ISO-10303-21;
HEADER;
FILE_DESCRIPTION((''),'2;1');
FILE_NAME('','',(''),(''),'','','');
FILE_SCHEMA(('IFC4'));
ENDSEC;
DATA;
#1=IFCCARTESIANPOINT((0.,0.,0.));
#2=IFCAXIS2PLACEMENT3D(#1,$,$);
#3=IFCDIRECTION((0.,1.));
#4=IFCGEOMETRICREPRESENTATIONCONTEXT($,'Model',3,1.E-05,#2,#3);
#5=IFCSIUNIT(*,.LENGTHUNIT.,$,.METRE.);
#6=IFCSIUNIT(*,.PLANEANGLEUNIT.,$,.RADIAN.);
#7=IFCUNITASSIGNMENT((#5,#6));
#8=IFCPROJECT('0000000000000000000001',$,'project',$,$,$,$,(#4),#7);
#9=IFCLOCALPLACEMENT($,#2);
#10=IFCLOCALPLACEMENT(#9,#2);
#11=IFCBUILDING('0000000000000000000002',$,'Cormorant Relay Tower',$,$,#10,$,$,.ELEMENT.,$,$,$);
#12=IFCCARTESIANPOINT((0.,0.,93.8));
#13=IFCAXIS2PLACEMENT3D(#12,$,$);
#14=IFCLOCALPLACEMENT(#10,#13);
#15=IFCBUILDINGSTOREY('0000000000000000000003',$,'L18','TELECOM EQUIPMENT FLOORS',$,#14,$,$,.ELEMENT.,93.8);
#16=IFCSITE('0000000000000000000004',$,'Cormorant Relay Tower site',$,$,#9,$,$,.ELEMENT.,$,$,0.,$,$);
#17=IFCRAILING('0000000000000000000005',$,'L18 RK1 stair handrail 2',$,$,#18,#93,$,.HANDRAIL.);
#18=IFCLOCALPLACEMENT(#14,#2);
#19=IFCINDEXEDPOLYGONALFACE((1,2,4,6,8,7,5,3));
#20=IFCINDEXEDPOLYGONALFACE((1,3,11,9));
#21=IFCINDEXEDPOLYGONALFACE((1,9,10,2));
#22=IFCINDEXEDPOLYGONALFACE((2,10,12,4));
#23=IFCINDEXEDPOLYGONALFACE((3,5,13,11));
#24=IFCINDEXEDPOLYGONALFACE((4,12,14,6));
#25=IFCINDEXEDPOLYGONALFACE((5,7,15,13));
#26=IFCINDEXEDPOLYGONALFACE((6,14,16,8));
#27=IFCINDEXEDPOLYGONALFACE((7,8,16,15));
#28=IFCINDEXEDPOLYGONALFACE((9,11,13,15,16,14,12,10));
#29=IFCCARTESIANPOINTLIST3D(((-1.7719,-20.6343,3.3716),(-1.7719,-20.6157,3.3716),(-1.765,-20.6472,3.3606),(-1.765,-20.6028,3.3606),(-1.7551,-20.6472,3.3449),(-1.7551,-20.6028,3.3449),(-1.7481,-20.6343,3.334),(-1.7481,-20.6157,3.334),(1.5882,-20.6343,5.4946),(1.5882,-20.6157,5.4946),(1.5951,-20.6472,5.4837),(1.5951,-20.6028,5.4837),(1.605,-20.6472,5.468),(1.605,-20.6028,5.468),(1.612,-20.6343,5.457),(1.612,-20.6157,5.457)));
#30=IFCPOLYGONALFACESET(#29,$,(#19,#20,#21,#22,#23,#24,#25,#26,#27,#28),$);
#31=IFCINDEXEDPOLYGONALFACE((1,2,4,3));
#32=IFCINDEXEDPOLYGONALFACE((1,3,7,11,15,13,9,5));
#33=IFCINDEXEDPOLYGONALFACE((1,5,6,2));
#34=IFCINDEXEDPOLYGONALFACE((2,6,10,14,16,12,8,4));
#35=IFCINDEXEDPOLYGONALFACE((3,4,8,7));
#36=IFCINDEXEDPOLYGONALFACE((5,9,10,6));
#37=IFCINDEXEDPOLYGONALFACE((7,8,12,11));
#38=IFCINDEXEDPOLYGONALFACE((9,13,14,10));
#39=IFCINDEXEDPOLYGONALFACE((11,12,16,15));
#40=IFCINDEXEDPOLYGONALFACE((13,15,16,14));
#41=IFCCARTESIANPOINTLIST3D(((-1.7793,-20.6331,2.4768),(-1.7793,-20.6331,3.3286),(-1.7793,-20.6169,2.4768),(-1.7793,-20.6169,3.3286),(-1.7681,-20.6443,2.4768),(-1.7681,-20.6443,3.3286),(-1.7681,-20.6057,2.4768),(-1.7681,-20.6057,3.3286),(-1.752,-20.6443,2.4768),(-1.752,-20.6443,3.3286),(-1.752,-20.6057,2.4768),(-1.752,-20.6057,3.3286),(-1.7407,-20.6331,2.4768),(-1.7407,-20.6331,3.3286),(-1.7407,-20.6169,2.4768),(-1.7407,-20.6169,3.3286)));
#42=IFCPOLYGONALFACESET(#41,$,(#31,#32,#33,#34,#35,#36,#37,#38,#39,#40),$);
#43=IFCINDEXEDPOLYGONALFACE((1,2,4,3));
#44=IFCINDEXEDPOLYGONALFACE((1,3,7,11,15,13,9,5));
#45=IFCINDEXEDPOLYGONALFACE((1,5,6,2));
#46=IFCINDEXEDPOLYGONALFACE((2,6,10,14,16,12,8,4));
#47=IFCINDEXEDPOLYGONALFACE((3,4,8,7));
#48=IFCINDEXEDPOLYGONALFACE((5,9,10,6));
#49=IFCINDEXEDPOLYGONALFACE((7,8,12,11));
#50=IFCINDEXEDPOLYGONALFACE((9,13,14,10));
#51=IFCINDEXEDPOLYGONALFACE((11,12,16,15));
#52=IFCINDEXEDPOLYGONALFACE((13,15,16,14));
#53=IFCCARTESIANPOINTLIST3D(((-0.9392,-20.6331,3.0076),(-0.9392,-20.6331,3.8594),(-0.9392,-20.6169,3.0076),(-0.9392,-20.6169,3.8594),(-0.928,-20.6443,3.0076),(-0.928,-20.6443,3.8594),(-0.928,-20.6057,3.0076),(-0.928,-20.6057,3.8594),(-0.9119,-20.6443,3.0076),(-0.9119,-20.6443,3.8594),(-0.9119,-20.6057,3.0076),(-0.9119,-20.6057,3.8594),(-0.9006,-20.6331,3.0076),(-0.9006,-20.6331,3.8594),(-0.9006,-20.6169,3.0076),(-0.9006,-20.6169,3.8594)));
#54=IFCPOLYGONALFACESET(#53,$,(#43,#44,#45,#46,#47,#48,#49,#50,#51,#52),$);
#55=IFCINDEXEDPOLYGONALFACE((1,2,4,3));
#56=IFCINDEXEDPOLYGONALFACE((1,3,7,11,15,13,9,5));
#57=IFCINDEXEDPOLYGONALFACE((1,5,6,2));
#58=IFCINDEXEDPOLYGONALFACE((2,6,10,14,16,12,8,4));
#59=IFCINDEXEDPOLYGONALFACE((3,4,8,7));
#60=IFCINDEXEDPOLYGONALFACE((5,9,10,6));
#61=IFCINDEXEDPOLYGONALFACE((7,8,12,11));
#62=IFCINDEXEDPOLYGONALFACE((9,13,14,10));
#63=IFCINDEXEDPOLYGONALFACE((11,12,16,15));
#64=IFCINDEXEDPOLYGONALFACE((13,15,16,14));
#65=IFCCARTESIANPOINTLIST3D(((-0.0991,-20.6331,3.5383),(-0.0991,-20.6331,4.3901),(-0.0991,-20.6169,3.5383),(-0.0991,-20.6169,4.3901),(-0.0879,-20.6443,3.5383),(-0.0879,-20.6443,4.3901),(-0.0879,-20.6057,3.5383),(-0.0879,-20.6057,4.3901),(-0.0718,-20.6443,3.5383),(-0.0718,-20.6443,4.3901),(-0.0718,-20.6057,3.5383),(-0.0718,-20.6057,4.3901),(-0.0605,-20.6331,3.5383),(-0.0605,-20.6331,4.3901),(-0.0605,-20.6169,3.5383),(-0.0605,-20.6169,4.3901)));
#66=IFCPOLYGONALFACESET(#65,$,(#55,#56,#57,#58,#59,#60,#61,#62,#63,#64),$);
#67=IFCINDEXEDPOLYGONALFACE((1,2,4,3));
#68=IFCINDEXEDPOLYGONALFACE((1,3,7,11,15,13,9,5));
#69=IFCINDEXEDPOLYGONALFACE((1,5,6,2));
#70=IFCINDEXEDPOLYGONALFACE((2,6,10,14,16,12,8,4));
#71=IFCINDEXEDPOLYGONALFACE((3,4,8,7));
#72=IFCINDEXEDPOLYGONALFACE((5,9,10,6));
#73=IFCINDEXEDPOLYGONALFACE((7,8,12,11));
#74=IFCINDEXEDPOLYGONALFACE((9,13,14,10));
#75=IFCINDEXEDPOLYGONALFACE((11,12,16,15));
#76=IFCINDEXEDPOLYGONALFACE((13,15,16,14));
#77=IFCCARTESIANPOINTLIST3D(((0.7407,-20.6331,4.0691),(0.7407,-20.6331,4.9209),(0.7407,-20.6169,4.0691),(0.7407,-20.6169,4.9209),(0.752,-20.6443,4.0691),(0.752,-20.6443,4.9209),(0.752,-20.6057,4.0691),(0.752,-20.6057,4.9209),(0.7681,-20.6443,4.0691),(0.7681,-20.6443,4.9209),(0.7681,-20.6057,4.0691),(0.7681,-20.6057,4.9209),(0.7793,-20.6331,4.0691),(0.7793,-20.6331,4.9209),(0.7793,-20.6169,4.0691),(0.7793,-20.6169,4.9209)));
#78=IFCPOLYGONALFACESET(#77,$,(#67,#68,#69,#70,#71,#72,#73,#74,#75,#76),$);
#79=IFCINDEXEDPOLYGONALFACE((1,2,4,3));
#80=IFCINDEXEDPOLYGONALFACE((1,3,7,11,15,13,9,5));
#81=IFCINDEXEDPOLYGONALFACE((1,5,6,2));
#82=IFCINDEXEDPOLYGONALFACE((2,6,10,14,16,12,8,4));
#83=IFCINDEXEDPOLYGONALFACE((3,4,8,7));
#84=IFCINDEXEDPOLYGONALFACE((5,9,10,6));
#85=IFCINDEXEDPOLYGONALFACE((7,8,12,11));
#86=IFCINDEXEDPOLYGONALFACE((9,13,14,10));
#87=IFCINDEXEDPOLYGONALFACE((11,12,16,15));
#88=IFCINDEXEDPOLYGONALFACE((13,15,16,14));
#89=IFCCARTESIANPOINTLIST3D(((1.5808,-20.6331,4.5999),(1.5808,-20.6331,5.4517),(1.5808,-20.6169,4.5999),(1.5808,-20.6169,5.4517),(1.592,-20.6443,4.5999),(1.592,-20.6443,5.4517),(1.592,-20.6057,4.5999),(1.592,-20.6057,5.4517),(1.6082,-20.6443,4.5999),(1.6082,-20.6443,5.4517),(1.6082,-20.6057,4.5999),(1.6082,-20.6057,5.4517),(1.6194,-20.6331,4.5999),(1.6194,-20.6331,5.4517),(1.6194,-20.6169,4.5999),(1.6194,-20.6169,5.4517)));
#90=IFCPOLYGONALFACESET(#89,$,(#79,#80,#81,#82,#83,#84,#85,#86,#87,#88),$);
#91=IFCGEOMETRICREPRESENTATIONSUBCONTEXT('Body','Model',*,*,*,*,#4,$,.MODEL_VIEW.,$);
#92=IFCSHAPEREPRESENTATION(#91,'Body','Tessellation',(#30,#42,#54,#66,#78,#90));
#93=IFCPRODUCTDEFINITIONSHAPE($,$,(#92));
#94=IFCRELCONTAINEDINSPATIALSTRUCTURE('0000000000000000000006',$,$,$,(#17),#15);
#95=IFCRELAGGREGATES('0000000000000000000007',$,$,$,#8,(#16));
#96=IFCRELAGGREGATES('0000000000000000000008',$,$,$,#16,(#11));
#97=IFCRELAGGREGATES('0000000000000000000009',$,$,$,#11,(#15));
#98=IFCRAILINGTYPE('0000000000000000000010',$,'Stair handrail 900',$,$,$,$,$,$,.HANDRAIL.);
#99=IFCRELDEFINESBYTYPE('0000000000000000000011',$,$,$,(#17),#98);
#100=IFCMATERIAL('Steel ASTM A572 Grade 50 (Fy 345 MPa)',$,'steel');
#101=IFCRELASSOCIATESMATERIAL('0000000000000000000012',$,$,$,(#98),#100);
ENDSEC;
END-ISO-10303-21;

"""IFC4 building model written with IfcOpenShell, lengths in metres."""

from ifc_helpers import new_model, si_unit, direction, frame, origin, place, context, subcontext, project, spatial, polyline, outline, extrude, material, type_object, element, save


model = new_model("IFC4")

# Units and contexts
model_context = context("Model", 3, precision=1e-05, world=origin(), true_north=direction((0.0, 1.0)))
body_context = subcontext(model_context, "Body", "Model", "MODEL_VIEW")
ifc_project = project(units=[si_unit("LENGTHUNIT", "METRE"), si_unit("PLANEANGLEUNIT", "RADIAN")], contexts=[model_context])

# Site, building, storey
site_placement = place(None, origin())
site = spatial("IfcSite", under=ifc_project, at=site_placement, Name="Cormorant Relay Tower site", CompositionType="ELEMENT", RefElevation=0.0)
building_placement = place(site_placement, origin())
building = spatial("IfcBuilding", under=site, at=building_placement, Name="Cormorant Relay Tower", CompositionType="ELEMENT")
storey_placement = place(building_placement, frame((0.0, 0.0, 93.8)))
storey = spatial("IfcBuildingStorey", under=building, at=storey_placement, Name="L18", Description="TELECOM EQUIPMENT FLOORS", CompositionType="ELEMENT", Elevation=93.8)

# Railing
ifc_material_1 = material(Name="Steel ASTM A572 Grade 50 (Fy 345 MPa)", Category="steel")
railing_type_1 = type_object("IfcRailingType", Name="Stair handrail 900", PredefinedType="HANDRAIL", material=ifc_material_1)
railing_1_placement = place(storey_placement, frame((-1.76, -20.625, 2.4768)))
element("IfcRailing", 1, at=railing_1_placement, inside=storey, type_object=railing_type_1, Name="L18 RK1 stair handrail 2", PredefinedType="HANDRAIL", context=body_context, shape_type="SweptSolid", body=[
    extrude(outline(polyline([(0.0222, 0.0093), (0.0093, 0.0222), (-0.0093, 0.0222), (-0.0222, 0.0093), (-0.0222, -0.0093), (-0.0093, -0.0222), (0.0093, -0.0222), (0.0222, -0.0093), (0.0222, 0.0093)])), frame((0.0, 0.0, 0.876), z_axis=(0.84539, 0.0, 0.53415), x_axis=(0.0, 1.0, 0.0)), (0.0, 0.0, 1.0), 3.9746),
    extrude(outline(polyline([(0.0193, 0.0081), (0.0081, 0.0193), (-0.0081, 0.0193), (-0.0193, 0.0081), (-0.0193, -0.0081), (-0.0081, -0.0193), (0.0081, -0.0193), (0.0193, -0.0081), (0.0193, 0.0081)])), origin(), (0.0, 0.0, 1.0), 0.8518),
    extrude(outline(polyline([(0.0193, 0.0081), (0.0081, 0.0193), (-0.0081, 0.0193), (-0.0193, 0.0081), (-0.0193, -0.0081), (-0.0081, -0.0193), (0.0081, -0.0193), (0.0193, -0.0081), (0.0193, 0.0081)])), frame((0.8401, 0.0, 0.5308)), (0.0, 0.0, 1.0), 0.8518),
    extrude(outline(polyline([(0.0193, 0.0081), (0.0081, 0.0193), (-0.0081, 0.0193), (-0.0193, 0.0081), (-0.0193, -0.0081), (-0.0081, -0.0193), (0.0081, -0.0193), (0.0193, -0.0081), (0.0193, 0.0081)])), frame((1.6802, 0.0, 1.0615)), (0.0, 0.0, 1.0), 0.8518),
    extrude(outline(polyline([(0.0193, 0.0081), (0.0081, 0.0193), (-0.0081, 0.0193), (-0.0193, 0.0081), (-0.0193, -0.0081), (-0.0081, -0.0193), (0.0081, -0.0193), (0.0193, -0.0081), (0.0193, 0.0081)])), frame((2.52, 0.0, 1.5923)), (0.0, 0.0, 1.0), 0.8518),
    extrude(outline(polyline([(0.0193, 0.0081), (0.0081, 0.0193), (-0.0081, 0.0193), (-0.0193, 0.0081), (-0.0193, -0.0081), (-0.0081, -0.0193), (0.0081, -0.0193), (0.0193, -0.0081), (0.0193, 0.0081)])), frame((3.3601, 0.0, 2.123)), (0.0, 0.0, 1.0), 0.8518),
])

save(model, "model.ifc")
